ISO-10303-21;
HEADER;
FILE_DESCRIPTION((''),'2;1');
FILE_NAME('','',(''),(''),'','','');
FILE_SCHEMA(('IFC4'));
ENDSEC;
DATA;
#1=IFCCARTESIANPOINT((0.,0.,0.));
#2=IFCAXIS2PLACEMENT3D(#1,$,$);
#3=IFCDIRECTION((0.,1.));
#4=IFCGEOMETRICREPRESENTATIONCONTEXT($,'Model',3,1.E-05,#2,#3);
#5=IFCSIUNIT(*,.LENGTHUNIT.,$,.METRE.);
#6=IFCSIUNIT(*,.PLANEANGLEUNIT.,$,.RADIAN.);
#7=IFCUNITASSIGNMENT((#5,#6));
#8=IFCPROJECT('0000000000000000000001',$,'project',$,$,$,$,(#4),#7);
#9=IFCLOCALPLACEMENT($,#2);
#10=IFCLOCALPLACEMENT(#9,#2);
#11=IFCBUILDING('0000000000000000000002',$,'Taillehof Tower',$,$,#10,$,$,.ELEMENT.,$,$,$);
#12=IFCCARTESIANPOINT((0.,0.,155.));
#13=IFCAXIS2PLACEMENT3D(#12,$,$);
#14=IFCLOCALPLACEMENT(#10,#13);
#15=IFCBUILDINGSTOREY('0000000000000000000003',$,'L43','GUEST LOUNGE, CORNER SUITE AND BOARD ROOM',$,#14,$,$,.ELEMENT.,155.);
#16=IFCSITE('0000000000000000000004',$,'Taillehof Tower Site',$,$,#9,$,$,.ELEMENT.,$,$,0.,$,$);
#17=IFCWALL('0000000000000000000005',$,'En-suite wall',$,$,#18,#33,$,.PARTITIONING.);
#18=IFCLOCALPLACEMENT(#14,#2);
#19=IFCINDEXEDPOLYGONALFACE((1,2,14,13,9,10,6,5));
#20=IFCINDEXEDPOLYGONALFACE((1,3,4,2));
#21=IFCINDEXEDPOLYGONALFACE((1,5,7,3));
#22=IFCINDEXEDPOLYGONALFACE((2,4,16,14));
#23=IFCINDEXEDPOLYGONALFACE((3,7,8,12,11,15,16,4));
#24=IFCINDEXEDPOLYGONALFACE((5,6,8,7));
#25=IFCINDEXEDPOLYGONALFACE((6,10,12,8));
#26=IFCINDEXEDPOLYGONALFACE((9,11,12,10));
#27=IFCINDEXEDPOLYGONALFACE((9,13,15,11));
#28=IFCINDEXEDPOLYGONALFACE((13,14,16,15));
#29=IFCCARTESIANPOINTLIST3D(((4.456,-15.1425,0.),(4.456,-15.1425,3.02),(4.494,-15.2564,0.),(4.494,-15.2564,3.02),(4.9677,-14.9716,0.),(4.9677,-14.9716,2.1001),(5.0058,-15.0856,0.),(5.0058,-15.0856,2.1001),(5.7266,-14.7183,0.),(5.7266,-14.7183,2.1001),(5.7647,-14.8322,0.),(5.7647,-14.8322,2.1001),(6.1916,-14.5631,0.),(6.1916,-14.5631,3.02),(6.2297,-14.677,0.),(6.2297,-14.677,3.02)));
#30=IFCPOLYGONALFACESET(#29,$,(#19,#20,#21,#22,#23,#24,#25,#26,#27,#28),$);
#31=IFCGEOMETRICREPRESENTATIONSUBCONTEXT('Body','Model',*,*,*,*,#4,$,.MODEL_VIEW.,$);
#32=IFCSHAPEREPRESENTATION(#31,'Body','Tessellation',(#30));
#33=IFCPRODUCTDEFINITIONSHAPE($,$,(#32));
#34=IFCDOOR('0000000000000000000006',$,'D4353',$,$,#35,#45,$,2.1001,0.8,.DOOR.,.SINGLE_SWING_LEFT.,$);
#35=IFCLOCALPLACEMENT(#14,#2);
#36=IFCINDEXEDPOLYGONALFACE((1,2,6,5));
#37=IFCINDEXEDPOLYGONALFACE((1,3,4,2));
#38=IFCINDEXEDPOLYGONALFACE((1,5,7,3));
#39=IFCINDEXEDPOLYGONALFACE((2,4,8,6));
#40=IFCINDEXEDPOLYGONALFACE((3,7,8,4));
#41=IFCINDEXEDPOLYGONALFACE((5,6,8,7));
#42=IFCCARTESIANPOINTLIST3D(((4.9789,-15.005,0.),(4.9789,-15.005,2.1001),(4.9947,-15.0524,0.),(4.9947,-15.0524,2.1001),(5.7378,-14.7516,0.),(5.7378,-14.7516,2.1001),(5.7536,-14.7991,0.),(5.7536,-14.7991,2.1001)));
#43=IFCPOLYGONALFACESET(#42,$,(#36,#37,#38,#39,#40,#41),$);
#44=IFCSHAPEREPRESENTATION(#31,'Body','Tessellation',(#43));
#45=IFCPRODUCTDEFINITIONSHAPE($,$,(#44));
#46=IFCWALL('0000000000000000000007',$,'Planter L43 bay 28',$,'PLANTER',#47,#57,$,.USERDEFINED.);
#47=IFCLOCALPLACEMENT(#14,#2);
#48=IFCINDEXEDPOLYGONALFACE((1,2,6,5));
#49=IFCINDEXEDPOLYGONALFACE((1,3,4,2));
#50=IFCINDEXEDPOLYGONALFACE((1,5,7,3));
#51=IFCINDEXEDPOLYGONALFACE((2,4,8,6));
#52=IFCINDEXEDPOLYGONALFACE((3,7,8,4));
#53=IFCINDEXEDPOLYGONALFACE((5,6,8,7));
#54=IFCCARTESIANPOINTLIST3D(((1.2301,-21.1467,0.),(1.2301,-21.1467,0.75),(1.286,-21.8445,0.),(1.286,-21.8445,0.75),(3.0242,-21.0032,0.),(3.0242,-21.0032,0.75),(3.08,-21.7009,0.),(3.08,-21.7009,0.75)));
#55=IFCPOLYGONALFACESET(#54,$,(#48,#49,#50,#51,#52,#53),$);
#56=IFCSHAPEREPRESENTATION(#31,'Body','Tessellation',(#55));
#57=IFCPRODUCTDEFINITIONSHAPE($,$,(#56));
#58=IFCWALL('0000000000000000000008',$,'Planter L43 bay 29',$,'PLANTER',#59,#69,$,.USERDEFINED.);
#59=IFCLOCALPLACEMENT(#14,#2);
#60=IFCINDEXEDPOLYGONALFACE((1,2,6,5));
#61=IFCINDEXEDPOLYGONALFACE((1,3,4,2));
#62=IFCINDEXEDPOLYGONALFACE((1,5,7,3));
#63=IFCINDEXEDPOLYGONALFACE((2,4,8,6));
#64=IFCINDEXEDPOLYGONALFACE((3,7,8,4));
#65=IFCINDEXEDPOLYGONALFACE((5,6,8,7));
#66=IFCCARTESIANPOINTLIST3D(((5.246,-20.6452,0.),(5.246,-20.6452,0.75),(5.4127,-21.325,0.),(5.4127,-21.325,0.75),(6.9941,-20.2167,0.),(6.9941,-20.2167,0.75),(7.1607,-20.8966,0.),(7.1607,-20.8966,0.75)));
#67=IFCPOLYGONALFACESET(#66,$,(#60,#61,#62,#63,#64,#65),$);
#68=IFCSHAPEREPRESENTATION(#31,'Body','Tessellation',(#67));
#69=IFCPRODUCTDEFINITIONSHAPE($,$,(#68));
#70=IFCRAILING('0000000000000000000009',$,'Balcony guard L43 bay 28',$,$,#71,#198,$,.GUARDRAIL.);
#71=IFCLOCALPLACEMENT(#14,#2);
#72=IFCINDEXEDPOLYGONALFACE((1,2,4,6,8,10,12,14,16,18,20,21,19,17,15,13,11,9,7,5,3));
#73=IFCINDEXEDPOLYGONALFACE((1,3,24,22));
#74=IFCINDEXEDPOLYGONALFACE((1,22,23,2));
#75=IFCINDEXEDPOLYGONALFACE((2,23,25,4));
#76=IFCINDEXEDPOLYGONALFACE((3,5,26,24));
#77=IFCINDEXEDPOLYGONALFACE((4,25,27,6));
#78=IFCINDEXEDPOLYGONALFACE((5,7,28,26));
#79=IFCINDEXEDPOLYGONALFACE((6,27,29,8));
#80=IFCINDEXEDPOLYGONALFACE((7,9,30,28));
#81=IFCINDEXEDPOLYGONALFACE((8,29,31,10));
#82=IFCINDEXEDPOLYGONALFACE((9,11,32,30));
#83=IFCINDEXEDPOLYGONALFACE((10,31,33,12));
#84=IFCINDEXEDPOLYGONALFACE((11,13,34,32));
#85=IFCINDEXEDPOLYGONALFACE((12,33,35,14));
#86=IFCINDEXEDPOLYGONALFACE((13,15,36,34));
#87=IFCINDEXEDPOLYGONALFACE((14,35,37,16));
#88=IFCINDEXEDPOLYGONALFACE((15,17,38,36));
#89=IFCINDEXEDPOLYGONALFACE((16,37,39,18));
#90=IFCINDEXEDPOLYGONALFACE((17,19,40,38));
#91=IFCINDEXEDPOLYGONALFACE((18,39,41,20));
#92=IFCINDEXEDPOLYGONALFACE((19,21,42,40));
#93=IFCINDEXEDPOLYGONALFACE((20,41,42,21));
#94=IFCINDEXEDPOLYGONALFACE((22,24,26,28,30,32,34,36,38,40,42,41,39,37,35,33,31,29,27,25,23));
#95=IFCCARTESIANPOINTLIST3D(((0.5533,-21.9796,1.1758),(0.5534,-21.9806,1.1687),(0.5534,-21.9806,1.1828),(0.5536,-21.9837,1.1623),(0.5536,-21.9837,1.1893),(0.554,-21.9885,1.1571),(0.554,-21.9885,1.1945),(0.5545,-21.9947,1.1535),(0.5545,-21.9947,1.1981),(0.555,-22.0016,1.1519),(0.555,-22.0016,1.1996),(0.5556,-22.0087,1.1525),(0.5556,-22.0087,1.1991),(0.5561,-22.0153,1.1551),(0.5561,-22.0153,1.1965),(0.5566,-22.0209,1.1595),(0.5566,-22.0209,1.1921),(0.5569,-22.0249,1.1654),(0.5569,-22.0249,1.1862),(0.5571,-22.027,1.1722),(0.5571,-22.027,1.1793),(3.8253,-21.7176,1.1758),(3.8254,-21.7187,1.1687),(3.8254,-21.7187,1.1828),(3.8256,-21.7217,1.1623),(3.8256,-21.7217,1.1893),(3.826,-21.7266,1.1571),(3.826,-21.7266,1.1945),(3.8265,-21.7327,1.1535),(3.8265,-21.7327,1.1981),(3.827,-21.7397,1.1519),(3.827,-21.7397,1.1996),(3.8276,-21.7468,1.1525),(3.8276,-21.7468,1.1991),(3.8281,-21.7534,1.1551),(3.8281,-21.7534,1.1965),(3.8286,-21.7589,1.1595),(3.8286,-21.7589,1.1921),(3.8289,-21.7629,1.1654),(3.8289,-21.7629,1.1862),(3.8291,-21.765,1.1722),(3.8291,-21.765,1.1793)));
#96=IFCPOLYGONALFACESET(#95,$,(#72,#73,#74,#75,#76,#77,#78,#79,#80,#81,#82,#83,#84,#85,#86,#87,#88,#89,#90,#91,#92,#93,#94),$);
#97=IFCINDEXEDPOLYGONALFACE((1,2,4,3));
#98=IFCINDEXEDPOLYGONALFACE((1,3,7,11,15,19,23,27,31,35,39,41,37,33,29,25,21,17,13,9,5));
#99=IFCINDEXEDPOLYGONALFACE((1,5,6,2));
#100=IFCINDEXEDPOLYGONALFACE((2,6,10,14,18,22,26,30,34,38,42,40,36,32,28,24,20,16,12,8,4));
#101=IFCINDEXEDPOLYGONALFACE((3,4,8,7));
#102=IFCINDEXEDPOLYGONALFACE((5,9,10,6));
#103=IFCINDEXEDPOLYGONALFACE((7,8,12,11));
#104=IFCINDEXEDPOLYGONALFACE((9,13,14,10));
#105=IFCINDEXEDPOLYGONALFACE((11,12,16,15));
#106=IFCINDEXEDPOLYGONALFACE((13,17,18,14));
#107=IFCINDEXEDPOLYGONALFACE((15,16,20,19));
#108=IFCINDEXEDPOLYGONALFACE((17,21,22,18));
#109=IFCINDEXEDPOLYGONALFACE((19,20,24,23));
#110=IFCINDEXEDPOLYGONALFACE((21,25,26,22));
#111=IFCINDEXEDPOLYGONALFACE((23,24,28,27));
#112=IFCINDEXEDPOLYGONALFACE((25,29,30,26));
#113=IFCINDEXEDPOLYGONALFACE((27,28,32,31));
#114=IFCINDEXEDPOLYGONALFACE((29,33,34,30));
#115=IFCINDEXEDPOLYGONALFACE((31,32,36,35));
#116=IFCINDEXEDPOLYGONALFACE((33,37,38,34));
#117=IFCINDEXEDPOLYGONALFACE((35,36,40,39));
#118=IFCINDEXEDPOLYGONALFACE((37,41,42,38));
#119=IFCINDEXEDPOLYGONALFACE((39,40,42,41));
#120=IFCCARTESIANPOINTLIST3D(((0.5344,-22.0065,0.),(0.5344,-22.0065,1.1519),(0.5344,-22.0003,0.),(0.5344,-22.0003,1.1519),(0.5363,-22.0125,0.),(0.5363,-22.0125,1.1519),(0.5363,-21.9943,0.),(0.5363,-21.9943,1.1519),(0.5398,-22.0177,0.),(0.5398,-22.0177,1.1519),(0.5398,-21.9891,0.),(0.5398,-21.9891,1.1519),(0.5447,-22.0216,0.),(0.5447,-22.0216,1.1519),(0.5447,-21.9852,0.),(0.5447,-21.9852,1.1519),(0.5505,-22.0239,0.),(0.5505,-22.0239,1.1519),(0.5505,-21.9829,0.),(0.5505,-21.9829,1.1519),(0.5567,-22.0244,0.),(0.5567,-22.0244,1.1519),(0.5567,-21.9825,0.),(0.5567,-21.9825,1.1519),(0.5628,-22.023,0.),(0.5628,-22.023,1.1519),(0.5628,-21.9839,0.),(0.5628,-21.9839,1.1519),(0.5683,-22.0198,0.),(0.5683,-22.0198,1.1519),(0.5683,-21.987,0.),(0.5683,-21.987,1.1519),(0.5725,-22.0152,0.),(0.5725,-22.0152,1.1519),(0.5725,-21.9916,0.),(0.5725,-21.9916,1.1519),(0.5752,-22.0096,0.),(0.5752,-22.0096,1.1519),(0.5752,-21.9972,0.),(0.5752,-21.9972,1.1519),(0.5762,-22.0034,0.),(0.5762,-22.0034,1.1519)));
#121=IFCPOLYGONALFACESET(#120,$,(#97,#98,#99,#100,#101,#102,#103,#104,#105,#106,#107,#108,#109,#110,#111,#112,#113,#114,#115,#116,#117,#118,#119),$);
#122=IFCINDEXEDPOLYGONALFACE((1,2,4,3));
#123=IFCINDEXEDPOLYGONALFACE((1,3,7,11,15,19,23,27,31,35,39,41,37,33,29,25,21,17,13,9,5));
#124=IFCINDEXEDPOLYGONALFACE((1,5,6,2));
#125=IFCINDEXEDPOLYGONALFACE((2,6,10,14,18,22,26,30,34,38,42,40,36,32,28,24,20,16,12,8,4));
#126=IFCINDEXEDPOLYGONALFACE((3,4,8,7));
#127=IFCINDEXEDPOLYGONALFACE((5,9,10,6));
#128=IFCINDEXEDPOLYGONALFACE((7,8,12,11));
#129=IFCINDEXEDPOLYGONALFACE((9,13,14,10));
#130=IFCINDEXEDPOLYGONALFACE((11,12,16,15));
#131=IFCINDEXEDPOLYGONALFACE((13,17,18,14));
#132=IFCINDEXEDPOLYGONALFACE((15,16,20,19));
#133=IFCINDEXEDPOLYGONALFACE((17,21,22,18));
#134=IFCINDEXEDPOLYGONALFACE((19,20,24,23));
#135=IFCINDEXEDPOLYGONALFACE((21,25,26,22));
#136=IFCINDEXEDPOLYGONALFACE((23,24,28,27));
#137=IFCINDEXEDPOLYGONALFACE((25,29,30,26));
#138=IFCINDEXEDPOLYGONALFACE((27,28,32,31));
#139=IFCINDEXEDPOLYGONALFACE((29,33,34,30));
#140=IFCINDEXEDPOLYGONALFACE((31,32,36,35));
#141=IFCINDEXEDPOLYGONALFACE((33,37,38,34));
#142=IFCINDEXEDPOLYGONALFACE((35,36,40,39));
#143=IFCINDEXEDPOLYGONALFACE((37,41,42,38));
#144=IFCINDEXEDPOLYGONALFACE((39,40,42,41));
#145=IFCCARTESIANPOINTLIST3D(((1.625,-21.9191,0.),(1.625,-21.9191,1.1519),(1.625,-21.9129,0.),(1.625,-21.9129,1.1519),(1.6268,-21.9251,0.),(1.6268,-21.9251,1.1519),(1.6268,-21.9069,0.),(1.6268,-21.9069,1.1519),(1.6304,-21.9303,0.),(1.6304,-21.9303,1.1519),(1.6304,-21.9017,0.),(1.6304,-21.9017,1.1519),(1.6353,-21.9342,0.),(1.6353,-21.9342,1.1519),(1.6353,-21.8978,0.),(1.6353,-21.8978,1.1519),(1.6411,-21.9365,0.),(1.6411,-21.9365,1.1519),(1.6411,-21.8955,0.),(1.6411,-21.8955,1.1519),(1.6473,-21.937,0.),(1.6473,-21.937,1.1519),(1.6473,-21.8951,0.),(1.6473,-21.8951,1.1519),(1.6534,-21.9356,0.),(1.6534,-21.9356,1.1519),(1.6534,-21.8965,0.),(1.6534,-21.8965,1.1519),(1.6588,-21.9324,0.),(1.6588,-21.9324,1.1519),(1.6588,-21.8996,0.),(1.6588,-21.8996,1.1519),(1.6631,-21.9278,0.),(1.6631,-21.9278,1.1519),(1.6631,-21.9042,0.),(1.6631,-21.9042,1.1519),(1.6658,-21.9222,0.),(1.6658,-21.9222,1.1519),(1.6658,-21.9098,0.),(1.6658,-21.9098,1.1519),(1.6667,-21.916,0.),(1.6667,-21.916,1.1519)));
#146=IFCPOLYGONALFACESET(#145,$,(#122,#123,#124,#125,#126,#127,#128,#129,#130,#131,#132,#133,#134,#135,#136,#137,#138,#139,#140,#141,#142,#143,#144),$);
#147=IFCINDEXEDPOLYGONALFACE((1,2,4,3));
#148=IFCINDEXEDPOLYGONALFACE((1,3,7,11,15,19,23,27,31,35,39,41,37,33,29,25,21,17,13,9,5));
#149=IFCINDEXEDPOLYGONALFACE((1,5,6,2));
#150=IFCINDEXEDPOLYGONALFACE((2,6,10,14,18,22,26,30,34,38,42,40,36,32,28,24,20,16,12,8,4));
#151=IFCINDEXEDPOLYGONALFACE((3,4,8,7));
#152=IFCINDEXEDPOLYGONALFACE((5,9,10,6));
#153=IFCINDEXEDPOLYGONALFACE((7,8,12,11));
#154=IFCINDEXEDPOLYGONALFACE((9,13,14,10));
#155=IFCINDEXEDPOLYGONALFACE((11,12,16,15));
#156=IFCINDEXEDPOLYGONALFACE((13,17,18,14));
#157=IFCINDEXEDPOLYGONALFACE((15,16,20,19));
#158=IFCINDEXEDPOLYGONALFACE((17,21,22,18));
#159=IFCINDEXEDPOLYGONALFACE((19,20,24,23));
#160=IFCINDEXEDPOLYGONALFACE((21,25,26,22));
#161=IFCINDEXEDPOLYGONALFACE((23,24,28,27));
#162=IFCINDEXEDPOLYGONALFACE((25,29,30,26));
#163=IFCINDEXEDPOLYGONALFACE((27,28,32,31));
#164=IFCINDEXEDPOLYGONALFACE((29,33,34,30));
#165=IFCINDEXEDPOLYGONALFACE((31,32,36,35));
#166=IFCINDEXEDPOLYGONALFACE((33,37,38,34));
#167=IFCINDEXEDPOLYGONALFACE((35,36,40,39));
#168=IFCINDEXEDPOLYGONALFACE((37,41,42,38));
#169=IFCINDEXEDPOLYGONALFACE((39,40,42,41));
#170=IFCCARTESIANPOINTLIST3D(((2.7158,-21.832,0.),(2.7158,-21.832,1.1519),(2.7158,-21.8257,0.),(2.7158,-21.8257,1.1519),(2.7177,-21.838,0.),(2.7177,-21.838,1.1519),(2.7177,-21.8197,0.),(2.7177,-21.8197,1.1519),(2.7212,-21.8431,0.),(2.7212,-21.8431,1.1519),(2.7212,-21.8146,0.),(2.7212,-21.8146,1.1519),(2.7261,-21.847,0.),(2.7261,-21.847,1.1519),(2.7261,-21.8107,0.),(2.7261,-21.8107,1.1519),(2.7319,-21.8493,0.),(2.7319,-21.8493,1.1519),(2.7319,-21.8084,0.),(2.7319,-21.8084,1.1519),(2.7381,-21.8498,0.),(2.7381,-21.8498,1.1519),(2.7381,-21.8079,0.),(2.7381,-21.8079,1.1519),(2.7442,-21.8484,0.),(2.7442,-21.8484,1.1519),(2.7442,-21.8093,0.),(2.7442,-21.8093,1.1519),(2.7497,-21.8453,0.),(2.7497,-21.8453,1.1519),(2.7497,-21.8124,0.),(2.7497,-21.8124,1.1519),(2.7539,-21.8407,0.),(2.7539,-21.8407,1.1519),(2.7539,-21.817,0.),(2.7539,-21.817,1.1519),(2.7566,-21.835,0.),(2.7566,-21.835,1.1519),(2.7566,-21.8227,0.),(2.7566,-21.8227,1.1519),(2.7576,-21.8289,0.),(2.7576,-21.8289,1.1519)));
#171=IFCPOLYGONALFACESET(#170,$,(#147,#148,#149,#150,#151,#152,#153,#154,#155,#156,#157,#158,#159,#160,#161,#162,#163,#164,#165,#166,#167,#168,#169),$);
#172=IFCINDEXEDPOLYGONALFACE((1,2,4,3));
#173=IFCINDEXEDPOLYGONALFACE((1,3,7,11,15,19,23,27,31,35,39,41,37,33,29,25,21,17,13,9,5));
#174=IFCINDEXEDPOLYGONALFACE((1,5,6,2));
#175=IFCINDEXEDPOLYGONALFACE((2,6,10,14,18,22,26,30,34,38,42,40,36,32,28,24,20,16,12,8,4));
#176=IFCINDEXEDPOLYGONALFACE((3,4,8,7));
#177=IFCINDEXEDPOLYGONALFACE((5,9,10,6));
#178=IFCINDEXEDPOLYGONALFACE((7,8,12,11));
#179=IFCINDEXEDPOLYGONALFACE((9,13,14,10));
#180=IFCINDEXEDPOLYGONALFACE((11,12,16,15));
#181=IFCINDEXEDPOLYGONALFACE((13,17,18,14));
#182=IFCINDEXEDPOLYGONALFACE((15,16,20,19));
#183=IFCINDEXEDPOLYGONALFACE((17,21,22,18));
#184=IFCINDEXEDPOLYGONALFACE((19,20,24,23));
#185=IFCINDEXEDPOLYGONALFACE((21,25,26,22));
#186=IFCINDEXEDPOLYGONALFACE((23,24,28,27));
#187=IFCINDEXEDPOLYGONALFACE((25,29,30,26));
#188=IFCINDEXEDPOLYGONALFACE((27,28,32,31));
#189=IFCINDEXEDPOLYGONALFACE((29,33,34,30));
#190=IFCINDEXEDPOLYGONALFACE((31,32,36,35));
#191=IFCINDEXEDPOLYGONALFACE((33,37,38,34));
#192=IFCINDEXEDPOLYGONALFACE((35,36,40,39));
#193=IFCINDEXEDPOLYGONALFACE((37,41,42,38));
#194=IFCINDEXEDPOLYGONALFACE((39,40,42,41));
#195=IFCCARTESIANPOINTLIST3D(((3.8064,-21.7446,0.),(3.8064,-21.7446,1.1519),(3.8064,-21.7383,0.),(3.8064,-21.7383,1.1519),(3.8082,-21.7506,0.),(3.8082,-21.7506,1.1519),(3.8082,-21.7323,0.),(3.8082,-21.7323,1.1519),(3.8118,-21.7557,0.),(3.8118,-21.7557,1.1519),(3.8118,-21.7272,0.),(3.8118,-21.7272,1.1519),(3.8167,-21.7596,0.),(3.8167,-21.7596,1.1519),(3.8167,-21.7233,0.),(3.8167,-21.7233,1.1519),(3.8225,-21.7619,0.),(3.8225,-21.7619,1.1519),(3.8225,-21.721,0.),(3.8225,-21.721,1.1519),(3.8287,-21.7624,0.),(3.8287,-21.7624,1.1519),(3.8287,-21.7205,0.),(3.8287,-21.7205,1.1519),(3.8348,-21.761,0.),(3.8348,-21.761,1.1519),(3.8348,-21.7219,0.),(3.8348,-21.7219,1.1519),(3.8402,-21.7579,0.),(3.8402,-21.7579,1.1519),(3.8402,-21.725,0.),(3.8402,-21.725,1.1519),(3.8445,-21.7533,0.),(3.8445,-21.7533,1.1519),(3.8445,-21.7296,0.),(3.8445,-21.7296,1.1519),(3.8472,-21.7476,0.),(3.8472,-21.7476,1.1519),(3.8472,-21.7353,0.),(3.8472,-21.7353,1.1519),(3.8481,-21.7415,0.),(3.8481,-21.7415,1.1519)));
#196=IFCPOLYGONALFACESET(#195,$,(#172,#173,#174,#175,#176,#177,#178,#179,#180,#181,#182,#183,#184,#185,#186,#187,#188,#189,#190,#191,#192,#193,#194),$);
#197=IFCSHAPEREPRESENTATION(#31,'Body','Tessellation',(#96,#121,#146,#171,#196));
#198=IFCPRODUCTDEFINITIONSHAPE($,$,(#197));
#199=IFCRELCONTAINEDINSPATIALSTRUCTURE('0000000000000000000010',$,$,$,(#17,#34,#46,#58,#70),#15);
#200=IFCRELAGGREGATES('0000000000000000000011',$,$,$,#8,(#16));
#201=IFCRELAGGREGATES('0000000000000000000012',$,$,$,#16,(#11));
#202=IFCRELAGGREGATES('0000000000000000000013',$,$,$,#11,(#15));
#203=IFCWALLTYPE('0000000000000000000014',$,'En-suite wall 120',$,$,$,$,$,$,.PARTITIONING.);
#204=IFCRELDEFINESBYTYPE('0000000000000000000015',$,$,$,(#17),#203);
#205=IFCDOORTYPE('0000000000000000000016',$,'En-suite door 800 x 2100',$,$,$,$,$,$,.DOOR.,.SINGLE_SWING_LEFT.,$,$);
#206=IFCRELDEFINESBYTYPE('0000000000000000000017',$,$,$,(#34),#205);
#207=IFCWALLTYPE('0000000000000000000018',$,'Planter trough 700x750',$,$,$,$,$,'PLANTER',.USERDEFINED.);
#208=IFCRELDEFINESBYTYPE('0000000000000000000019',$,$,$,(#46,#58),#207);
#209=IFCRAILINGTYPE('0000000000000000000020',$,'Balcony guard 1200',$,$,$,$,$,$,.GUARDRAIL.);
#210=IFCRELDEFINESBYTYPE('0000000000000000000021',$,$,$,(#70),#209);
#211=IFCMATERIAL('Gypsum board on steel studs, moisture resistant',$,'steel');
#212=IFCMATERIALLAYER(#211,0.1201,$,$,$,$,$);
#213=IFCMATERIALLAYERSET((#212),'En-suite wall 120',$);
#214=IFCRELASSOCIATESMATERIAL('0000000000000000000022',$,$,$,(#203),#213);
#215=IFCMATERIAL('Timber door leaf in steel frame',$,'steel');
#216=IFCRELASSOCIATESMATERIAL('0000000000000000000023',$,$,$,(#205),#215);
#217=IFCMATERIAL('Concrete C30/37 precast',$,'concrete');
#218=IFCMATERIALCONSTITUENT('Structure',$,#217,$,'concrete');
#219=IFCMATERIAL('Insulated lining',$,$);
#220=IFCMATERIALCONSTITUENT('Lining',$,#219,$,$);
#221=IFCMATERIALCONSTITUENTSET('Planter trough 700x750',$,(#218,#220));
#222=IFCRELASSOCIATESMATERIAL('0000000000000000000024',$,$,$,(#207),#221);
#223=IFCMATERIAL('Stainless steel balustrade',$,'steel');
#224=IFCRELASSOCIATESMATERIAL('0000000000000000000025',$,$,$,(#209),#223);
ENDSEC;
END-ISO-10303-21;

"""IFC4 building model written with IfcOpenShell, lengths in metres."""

from ifc_helpers import new_model, si_unit, direction, frame, frame_2d, origin, origin_2d, place, context, subcontext, project, spatial, rectangle, circle, extrude, material, layer, layer_set, constituent, constituent_set, type_object, element, fill, save


model = new_model("IFC4")

# Units and contexts
model_context = context("Model", 3, precision=1e-05, world=origin(), true_north=direction((0.0, 1.0)))
body_context = subcontext(model_context, "Body", "Model", "MODEL_VIEW")
ifc_project = project(units=[si_unit("LENGTHUNIT", "METRE"), si_unit("PLANEANGLEUNIT", "RADIAN")], contexts=[model_context])

# Site, building, storey
site_placement = place(None, origin())
site = spatial("IfcSite", under=ifc_project, at=site_placement, Name="Taillehof Tower Site", CompositionType="ELEMENT", RefElevation=0.0)
building_placement = place(site_placement, origin())
building = spatial("IfcBuilding", under=site, at=building_placement, Name="Taillehof Tower", CompositionType="ELEMENT")
storey_placement = place(building_placement, frame((0.0, 0.0, 155.0)))
storey = spatial("IfcBuildingStorey", under=building, at=storey_placement, Name="L43", Description="GUEST LOUNGE, CORNER SUITE AND BOARD ROOM", CompositionType="ELEMENT", Elevation=155.0)

# Wall, opening, door
ifc_material_1 = material(Name="Gypsum board on steel studs, moisture resistant", Category="steel")
ifc_layer_1 = layer(ifc_material_1, 0.1201)
ifc_layer_set_1 = layer_set([ifc_layer_1], Name="En-suite wall 120")
wall_type_1 = type_object("IfcWallType", Name="En-suite wall 120", PredefinedType="PARTITIONING", material=ifc_layer_set_1)
wall_1_placement = place(storey_placement, frame((4.4749, -15.1995, 0.0), z_axis=(0.0, 0.0, 1.0), x_axis=(0.94855, 0.316628, 0.0)))
wall_1 = element("IfcWall", 1, at=wall_1_placement, inside=storey, type_object=wall_type_1, Name="En-suite wall", PredefinedType="PARTITIONING", context=body_context, shape_type="SweptSolid", body=[
    extrude(rectangle(XDim=1.8298, YDim=0.1201, at=frame_2d((0.915, 0.0))), origin(), (0.0, 0.0, 1.0), 3.02),
])
opening_1_placement = place(wall_1_placement, frame((0.5398, 0.0, 0.0)))
opening_1 = element("IfcOpeningElement", 2, at=opening_1_placement, cuts=wall_1, PredefinedType="OPENING", context=body_context, shape_type="SweptSolid", body=[
    extrude(rectangle(XDim=0.8, YDim=2.1001, at=frame_2d((0.3999, 1.05))), frame((0.0, 0.0701, 0.0), z_axis=(0.0, -1.0, 0.0), x_axis=(1.0, 0.0, 0.0)), (0.0, 0.0, 1.0), 0.1401),
])
ifc_material_2 = material(Name="Timber door leaf in steel frame", Category="steel")
door_type_1 = type_object("IfcDoorType", Name="En-suite door 800 x 2100", OperationType="SINGLE_SWING_LEFT", PredefinedType="DOOR", material=ifc_material_2)
door_1_placement = place(opening_1_placement, origin())
door_1 = element("IfcDoor", 3, at=door_1_placement, inside=storey, type_object=door_type_1, Name="D4353", OperationType="SINGLE_SWING_LEFT", OverallHeight=2.1001, OverallWidth=0.8, PredefinedType="DOOR", context=body_context, shape_type="SweptSolid", body=[
    extrude(rectangle(XDim=0.8, YDim=2.1001, at=frame_2d((0.3999, 1.05))), frame((0.0, 0.0249, 0.0), z_axis=(0.0, -1.0, 0.0), x_axis=(1.0, 0.0, 0.0)), (0.0, 0.0, 1.0), 0.05),
])
fill(opening_1, door_1)

# Walls
ifc_material_3 = material(Name="Concrete C30/37 precast", Category="concrete")
ifc_constituent_1 = constituent(ifc_material_3, Name="Structure", Category="concrete")
ifc_material_4 = material(Name="Insulated lining")
ifc_constituent_2 = constituent(ifc_material_4, Name="Lining")
ifc_constituent_set = constituent_set(constituents=[ifc_constituent_1, ifc_constituent_2], Name="Planter trough 700x750")
wall_type_2 = type_object("IfcWallType", Name="Planter trough 700x750", ElementType="PLANTER", PredefinedType="USERDEFINED", material=ifc_constituent_set)
for number, where, z_axis, x_axis, name in (
    (4, (1.2581, -21.4956, 0.0), (0.0, 0.0, 1.0), (0.996814, 0.079756, 0.0), "Planter L43 bay 28"),
    (5, (5.3293, -20.9851, 0.0), (0.0, 0.0, 1.0), (0.971249, 0.238065, 0.0), "Planter L43 bay 29"),
):
    element("IfcWall", number, at=place(storey_placement, frame(where, z_axis=z_axis, x_axis=x_axis)), inside=storey, type_object=wall_type_2, Name=name, ObjectType="PLANTER", PredefinedType="USERDEFINED", context=body_context, shape_type="SweptSolid", body=[
        extrude(rectangle(XDim=1.7998, YDim=0.7, at=frame_2d((0.8999, 0.0))), origin(), (0.0, 0.0, 1.0), 0.75),
    ])

# Railing
ifc_material_5 = material(Name="Stainless steel balustrade", Category="steel")
railing_type = type_object("IfcRailingType", Name="Balcony guard 1200", PredefinedType="GUARDRAIL", material=ifc_material_5)
railing_1_placement = place(storey_placement, frame((0.5552, -22.0034, 0.0)))
element("IfcRailing", 6, at=railing_1_placement, inside=storey, type_object=railing_type, Name="Balcony guard L43 bay 28", PredefinedType="GUARDRAIL", context=body_context, shape_type="SweptSolid", body=[
    extrude(circle(Radius=0.0239, at=origin_2d()), frame((0.0, 0.0, 1.1758), z_axis=(0.99681, 0.079807, 0.0), x_axis=(-0.079807, 0.99681, 0.0)), (0.0, 0.0, 1.0), 3.2825),
    extrude(circle(Radius=0.021, at=origin_2d()), origin(), (0.0, 0.0, 1.0), 1.1519),
    extrude(circle(Radius=0.021, at=origin_2d()), frame((1.0906, 0.0874, 0.0)), (0.0, 0.0, 1.0), 1.1519),
    extrude(circle(Radius=0.021, at=origin_2d()), frame((2.1814, 0.1746, 0.0)), (0.0, 0.0, 1.0), 1.1519),
    extrude(circle(Radius=0.021, at=origin_2d()), frame((3.272, 0.262, 0.0)), (0.0, 0.0, 1.0), 1.1519),
])

save(model, "model.ifc")
